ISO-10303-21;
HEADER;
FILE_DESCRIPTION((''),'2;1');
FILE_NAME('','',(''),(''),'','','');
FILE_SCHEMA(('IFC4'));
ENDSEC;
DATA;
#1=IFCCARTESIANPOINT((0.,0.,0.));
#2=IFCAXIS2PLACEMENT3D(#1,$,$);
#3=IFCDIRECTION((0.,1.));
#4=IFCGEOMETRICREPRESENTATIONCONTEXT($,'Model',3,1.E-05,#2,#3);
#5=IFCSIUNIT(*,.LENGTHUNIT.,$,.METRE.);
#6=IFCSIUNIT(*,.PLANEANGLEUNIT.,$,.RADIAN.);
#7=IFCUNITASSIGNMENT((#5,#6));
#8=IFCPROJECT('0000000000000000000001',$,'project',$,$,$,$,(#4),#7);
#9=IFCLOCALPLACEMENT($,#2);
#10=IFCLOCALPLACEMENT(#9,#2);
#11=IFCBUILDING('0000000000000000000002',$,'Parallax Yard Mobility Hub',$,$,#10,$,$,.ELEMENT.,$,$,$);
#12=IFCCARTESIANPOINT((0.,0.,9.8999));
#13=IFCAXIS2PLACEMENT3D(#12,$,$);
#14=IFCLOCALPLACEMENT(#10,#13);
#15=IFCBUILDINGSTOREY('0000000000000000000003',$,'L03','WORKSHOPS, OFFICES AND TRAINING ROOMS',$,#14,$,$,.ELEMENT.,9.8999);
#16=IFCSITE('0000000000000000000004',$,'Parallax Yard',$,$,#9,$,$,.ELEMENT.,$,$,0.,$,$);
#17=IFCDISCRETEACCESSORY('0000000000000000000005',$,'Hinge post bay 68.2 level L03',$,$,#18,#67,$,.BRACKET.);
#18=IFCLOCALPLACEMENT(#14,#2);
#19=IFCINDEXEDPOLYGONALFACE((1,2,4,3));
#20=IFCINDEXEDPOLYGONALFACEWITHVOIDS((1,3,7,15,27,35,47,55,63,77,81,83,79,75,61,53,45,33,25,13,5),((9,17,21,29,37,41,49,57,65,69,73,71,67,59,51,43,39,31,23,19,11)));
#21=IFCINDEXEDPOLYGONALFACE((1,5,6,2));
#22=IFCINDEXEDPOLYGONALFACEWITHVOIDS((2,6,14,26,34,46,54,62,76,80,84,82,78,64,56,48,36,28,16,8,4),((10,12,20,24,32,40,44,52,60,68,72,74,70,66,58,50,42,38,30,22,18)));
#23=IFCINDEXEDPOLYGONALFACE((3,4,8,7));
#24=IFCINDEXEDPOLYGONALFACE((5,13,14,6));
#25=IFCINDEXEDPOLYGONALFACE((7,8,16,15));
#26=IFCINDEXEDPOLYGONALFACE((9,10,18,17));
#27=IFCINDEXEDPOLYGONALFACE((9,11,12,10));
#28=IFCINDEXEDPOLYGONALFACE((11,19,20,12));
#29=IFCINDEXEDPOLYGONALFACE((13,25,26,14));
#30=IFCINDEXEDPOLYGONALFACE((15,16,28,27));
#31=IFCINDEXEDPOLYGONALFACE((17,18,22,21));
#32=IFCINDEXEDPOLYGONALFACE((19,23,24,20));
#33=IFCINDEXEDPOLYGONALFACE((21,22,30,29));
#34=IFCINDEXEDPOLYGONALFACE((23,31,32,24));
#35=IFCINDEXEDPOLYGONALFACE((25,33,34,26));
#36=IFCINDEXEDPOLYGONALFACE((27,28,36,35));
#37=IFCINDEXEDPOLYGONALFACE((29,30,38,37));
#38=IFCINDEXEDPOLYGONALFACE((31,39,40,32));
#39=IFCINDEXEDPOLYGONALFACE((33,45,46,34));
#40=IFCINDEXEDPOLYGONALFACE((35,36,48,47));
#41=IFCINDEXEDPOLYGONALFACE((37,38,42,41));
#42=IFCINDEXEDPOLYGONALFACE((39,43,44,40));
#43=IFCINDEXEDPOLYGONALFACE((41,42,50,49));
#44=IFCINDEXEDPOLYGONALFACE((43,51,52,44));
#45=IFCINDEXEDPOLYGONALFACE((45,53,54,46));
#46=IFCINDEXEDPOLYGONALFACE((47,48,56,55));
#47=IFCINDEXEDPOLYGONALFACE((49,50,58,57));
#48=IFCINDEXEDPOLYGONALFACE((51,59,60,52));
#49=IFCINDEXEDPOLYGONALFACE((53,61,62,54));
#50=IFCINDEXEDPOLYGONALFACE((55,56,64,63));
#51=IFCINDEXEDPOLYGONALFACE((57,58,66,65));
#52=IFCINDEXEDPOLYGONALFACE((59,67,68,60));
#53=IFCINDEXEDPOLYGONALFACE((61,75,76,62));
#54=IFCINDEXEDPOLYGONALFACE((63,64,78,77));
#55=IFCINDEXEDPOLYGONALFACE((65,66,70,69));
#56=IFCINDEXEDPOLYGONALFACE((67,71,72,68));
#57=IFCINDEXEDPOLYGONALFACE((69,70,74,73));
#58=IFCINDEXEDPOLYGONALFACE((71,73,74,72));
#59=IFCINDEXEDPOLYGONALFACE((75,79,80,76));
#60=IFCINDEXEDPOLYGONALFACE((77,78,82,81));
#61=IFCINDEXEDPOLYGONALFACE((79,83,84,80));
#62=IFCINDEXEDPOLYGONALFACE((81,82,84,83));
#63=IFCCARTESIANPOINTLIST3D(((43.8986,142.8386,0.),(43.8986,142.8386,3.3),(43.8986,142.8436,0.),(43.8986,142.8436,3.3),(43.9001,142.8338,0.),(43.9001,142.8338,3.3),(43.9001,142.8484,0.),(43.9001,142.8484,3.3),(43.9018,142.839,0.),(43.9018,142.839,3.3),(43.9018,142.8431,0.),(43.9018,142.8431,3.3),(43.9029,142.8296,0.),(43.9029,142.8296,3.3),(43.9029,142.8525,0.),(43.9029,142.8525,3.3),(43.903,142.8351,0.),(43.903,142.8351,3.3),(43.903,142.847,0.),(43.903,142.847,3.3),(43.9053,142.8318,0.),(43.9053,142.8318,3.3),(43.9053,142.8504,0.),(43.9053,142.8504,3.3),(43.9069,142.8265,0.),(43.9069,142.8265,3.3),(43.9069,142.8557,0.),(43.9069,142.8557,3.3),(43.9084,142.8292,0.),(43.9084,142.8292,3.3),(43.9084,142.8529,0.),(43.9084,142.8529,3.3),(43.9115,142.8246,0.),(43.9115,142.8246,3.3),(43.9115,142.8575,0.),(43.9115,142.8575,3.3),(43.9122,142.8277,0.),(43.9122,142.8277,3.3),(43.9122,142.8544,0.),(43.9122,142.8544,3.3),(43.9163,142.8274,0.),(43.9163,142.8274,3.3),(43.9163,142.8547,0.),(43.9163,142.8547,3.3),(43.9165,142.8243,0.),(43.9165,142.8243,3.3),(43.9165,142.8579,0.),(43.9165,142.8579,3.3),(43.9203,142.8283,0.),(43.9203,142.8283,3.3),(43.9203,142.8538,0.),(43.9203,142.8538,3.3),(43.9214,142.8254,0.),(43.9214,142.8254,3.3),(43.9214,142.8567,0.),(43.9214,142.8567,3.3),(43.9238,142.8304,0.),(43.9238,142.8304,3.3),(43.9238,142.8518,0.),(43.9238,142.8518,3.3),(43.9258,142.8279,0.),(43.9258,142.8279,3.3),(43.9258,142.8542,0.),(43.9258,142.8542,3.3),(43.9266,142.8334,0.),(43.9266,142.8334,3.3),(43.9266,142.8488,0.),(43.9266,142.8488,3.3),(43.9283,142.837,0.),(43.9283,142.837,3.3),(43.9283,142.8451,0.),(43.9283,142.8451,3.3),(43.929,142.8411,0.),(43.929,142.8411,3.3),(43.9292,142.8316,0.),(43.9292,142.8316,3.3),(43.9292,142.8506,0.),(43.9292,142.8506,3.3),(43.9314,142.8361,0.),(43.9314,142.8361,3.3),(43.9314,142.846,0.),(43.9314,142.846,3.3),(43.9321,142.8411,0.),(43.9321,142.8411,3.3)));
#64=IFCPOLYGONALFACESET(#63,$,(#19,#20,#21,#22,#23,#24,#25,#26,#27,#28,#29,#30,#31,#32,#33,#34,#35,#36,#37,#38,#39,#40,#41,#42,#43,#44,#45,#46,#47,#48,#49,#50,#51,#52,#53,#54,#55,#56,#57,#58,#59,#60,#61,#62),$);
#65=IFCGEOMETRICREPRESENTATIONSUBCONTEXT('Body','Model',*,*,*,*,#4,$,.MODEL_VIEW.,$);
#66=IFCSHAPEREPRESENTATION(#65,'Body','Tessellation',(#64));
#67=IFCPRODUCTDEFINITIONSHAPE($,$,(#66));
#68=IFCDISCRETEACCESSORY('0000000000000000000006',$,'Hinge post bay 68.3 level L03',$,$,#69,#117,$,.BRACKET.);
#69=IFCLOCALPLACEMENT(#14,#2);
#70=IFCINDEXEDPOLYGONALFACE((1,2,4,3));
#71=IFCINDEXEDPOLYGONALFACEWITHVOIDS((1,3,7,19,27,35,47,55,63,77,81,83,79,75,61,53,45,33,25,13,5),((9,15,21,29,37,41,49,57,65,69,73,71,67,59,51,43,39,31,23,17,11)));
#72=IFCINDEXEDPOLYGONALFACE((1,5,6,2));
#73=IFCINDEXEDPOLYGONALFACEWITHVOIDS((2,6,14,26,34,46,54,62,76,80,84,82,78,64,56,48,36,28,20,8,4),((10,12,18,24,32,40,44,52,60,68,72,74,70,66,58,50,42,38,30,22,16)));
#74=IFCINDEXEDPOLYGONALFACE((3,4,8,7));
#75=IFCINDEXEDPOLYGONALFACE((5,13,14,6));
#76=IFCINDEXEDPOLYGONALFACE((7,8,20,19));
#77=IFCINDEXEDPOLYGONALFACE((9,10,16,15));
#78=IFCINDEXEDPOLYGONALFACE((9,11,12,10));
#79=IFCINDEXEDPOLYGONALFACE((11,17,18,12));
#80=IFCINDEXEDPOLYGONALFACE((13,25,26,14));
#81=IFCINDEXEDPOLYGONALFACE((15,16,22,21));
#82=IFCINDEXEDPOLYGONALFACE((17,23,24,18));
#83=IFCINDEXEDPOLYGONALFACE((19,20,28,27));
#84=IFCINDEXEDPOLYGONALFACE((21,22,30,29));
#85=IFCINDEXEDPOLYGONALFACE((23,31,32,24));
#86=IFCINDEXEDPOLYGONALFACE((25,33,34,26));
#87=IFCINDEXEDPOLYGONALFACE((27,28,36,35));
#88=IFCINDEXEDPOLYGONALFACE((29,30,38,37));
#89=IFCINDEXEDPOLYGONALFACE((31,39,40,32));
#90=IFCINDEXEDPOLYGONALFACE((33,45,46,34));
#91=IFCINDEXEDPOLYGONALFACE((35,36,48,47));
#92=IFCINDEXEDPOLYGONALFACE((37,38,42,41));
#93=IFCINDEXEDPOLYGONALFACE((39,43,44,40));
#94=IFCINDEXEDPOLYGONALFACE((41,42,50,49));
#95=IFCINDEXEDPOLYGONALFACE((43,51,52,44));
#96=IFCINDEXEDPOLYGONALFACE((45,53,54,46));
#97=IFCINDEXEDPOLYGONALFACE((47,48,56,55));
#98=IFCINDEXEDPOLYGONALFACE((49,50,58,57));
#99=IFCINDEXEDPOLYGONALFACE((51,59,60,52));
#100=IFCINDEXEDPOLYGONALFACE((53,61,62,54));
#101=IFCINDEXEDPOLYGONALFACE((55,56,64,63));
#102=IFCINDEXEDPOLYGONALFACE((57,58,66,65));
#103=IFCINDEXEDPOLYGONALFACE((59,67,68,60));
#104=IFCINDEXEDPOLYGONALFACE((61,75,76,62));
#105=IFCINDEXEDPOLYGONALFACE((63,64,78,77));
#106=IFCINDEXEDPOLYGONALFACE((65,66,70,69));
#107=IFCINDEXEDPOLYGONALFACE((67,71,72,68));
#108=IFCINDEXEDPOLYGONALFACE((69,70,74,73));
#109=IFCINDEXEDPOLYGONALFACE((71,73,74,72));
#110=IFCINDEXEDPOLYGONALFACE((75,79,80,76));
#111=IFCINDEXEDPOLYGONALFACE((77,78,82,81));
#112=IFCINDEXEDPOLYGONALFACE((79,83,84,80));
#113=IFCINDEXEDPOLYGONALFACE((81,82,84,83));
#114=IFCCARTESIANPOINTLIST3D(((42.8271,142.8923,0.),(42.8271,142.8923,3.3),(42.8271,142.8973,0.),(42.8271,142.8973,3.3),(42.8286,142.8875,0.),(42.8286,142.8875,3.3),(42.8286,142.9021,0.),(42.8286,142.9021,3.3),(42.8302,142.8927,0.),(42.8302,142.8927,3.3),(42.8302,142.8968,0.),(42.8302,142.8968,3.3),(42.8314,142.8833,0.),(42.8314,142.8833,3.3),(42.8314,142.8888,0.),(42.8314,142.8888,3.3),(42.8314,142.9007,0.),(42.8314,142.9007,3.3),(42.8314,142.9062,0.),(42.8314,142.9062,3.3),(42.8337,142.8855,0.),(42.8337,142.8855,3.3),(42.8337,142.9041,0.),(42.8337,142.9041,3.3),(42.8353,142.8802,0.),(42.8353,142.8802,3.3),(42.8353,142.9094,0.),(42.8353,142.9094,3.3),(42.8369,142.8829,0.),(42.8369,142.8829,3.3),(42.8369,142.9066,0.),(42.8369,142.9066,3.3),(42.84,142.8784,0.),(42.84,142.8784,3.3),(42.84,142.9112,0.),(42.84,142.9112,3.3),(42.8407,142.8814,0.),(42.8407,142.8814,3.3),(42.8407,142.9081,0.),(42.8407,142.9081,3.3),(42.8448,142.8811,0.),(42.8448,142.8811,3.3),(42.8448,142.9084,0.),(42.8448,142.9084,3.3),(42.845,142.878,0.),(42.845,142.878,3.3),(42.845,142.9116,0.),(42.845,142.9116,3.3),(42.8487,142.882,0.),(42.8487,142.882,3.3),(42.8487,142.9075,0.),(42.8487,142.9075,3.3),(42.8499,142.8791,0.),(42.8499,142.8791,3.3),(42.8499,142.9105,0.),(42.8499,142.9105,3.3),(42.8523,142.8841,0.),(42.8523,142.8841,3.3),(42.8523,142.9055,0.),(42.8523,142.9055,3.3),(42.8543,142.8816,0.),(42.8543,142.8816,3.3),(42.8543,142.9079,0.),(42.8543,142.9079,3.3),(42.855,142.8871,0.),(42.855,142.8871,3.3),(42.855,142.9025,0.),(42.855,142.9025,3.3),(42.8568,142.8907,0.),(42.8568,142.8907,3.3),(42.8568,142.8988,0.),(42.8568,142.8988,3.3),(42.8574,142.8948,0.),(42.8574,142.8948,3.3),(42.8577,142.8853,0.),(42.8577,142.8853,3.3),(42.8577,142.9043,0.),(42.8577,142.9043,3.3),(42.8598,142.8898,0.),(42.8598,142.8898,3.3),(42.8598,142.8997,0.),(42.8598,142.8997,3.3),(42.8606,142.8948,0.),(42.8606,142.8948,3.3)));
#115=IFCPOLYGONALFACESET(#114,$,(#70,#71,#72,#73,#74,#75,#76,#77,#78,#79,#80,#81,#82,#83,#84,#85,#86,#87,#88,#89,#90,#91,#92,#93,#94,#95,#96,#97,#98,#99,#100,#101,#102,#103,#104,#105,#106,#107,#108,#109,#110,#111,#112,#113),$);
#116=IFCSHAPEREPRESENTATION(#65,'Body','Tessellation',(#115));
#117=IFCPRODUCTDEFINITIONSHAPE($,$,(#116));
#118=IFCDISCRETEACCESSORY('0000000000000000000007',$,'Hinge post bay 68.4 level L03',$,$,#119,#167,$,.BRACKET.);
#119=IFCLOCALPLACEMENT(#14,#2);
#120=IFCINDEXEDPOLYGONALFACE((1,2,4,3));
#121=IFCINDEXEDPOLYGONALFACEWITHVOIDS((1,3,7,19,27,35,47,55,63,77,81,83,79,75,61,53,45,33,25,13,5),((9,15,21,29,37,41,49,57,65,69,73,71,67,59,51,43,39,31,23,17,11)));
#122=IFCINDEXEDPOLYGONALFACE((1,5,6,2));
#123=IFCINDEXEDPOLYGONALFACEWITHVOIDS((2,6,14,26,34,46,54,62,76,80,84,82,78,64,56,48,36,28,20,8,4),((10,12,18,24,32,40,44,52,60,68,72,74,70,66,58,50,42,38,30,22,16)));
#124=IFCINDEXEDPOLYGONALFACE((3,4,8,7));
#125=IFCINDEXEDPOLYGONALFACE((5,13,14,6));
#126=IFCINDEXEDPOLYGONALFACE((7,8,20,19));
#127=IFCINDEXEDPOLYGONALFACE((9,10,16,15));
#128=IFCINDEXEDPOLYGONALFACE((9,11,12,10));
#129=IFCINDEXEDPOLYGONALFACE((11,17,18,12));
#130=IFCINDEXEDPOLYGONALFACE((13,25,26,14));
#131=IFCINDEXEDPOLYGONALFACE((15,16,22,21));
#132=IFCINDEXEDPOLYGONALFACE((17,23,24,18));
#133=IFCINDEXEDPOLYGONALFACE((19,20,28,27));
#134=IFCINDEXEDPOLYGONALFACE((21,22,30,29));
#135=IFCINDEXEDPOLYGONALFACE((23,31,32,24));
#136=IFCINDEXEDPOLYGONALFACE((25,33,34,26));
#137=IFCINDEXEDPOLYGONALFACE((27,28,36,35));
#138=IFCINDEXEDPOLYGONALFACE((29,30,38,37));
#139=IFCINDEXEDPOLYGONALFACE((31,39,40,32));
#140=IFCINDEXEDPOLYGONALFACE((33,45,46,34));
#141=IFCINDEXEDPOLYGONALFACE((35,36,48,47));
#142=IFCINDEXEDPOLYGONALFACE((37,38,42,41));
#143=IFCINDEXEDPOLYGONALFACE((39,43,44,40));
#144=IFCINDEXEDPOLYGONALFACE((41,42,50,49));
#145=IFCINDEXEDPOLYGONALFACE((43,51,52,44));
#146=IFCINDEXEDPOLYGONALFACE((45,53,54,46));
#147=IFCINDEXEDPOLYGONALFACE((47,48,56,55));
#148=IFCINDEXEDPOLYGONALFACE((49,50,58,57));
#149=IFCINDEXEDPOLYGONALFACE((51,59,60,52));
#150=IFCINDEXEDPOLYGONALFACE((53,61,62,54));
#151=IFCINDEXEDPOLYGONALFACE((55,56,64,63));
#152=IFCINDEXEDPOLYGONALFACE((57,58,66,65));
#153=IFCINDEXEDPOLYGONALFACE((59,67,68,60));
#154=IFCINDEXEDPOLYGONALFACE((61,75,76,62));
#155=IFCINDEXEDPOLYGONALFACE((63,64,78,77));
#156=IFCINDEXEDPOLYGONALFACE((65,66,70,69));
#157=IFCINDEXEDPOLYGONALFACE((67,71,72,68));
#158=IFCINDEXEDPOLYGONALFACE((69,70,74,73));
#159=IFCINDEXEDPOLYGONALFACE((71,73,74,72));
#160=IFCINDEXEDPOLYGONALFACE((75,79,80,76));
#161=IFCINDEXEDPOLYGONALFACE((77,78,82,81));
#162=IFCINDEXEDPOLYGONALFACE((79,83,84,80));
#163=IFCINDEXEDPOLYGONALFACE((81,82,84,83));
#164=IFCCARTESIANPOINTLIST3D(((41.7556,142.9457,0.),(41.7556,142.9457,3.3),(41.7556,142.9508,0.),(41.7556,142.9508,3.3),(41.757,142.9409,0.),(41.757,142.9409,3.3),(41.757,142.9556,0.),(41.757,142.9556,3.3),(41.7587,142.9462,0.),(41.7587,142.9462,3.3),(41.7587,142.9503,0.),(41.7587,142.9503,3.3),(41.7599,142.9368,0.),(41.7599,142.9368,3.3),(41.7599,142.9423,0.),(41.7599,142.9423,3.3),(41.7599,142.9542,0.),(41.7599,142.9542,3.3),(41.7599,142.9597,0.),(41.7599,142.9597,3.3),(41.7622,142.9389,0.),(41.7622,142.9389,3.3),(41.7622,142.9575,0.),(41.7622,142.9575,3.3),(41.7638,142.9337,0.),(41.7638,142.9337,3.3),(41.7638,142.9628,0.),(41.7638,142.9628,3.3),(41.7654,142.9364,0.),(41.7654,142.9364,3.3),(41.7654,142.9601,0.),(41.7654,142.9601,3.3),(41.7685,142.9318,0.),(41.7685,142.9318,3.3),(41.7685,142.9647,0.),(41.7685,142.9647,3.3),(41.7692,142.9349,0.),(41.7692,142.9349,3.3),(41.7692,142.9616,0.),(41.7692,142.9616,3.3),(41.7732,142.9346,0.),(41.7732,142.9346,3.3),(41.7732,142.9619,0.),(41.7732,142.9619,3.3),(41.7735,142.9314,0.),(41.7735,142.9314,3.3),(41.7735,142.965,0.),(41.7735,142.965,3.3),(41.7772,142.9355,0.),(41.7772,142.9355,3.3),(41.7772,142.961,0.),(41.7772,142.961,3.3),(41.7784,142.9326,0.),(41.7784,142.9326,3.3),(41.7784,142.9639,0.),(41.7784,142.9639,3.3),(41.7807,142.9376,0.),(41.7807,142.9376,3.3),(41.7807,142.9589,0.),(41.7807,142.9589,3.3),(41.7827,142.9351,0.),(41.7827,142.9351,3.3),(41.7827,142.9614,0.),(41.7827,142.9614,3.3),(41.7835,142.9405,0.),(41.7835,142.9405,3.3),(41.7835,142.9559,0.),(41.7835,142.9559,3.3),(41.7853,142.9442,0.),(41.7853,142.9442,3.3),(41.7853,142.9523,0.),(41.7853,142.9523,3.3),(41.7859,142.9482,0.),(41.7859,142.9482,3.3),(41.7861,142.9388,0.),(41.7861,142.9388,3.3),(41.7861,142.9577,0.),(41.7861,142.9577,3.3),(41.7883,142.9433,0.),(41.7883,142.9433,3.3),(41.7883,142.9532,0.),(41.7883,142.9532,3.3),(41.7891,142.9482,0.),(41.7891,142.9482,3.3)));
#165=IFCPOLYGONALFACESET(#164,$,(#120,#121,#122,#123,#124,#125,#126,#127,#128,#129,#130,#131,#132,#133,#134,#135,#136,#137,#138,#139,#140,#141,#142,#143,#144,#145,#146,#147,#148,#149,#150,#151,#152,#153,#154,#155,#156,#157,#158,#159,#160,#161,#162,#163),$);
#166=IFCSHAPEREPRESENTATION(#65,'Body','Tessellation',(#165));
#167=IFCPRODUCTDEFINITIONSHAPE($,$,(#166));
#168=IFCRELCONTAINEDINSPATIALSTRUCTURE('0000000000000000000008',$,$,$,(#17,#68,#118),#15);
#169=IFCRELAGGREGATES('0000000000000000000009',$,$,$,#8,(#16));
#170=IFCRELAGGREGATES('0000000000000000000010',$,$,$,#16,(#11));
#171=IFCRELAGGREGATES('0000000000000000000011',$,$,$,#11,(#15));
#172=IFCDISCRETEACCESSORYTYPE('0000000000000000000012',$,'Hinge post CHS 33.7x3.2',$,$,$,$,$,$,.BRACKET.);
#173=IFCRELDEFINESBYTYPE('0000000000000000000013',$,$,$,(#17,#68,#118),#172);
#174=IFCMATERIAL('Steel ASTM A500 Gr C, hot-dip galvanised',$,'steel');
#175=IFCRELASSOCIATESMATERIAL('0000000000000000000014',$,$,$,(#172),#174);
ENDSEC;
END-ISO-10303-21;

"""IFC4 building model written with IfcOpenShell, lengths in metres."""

from ifc_helpers import new_model, si_unit, direction, frame, origin, origin_2d, place, context, subcontext, project, spatial, hollow_circle, extrude, material, material_profile, profile_set, type_object, element, save


model = new_model("IFC4")

# Units and contexts
model_context = context("Model", 3, precision=1e-05, world=origin(), true_north=direction((0.0, 1.0)))
body_context = subcontext(model_context, "Body", "Model", "MODEL_VIEW")
ifc_project = project(units=[si_unit("LENGTHUNIT", "METRE"), si_unit("PLANEANGLEUNIT", "RADIAN")], contexts=[model_context])

# Site, building, storey
site_placement = place(None, origin())
site = spatial("IfcSite", under=ifc_project, at=site_placement, Name="Parallax Yard", CompositionType="ELEMENT", RefElevation=0.0)
building_placement = place(site_placement, origin())
building = spatial("IfcBuilding", under=site, at=building_placement, Name="Parallax Yard Mobility Hub", CompositionType="ELEMENT")
storey_placement = place(building_placement, frame((0.0, 0.0, 9.8999)))
storey = spatial("IfcBuildingStorey", under=building, at=storey_placement, Name="L03", Description="WORKSHOPS, OFFICES AND TRAINING ROOMS", CompositionType="ELEMENT", Elevation=9.8999)

# Discrete accessories
ifc_material_1 = material(Name="Steel ASTM A500 Gr C, hot-dip galvanised", Category="steel")
ifc_material_profile_1 = material_profile(ifc_material_1, hollow_circle(Radius=0.0168, WallThickness=0.0032, at=origin_2d()), Name="CHS 33.7x3.2")
ifc_profile_set_1 = profile_set([ifc_material_profile_1], Name="Steel ASTM A500 Gr C, hot-dip galvanised")
discrete_accessory_type_1 = type_object("IfcDiscreteAccessoryType", Name="Hinge post CHS 33.7x3.2", PredefinedType="BRACKET", material=ifc_profile_set_1)
for number, where, z_axis, x_axis, name in (
    (1, (43.9153, 142.8411, 0.0), (0.0, 0.0, 1.0), (1.0, 0.0, 0.0), "Hinge post bay 68.2 level L03"),
    (2, (42.8438, 142.8948, 0.0), (0.0, 0.0, 1.0), (1.0, 0.0, 0.0), "Hinge post bay 68.3 level L03"),
    (3, (41.7722, 142.9482, 0.0), (0.0, 0.0, 1.0), (1.0, 0.0, 0.0), "Hinge post bay 68.4 level L03"),
):
    element("IfcDiscreteAccessory", number, at=place(storey_placement, frame(where, z_axis=z_axis, x_axis=x_axis)), inside=storey, type_object=discrete_accessory_type_1, Name=name, PredefinedType="BRACKET", context=body_context, shape_type="SweptSolid", body=[
        extrude(hollow_circle(Radius=0.0168, WallThickness=0.0032, at=origin_2d()), origin(), (0.0, 0.0, 1.0), 3.3),
    ])

save(model, "model.ifc")
